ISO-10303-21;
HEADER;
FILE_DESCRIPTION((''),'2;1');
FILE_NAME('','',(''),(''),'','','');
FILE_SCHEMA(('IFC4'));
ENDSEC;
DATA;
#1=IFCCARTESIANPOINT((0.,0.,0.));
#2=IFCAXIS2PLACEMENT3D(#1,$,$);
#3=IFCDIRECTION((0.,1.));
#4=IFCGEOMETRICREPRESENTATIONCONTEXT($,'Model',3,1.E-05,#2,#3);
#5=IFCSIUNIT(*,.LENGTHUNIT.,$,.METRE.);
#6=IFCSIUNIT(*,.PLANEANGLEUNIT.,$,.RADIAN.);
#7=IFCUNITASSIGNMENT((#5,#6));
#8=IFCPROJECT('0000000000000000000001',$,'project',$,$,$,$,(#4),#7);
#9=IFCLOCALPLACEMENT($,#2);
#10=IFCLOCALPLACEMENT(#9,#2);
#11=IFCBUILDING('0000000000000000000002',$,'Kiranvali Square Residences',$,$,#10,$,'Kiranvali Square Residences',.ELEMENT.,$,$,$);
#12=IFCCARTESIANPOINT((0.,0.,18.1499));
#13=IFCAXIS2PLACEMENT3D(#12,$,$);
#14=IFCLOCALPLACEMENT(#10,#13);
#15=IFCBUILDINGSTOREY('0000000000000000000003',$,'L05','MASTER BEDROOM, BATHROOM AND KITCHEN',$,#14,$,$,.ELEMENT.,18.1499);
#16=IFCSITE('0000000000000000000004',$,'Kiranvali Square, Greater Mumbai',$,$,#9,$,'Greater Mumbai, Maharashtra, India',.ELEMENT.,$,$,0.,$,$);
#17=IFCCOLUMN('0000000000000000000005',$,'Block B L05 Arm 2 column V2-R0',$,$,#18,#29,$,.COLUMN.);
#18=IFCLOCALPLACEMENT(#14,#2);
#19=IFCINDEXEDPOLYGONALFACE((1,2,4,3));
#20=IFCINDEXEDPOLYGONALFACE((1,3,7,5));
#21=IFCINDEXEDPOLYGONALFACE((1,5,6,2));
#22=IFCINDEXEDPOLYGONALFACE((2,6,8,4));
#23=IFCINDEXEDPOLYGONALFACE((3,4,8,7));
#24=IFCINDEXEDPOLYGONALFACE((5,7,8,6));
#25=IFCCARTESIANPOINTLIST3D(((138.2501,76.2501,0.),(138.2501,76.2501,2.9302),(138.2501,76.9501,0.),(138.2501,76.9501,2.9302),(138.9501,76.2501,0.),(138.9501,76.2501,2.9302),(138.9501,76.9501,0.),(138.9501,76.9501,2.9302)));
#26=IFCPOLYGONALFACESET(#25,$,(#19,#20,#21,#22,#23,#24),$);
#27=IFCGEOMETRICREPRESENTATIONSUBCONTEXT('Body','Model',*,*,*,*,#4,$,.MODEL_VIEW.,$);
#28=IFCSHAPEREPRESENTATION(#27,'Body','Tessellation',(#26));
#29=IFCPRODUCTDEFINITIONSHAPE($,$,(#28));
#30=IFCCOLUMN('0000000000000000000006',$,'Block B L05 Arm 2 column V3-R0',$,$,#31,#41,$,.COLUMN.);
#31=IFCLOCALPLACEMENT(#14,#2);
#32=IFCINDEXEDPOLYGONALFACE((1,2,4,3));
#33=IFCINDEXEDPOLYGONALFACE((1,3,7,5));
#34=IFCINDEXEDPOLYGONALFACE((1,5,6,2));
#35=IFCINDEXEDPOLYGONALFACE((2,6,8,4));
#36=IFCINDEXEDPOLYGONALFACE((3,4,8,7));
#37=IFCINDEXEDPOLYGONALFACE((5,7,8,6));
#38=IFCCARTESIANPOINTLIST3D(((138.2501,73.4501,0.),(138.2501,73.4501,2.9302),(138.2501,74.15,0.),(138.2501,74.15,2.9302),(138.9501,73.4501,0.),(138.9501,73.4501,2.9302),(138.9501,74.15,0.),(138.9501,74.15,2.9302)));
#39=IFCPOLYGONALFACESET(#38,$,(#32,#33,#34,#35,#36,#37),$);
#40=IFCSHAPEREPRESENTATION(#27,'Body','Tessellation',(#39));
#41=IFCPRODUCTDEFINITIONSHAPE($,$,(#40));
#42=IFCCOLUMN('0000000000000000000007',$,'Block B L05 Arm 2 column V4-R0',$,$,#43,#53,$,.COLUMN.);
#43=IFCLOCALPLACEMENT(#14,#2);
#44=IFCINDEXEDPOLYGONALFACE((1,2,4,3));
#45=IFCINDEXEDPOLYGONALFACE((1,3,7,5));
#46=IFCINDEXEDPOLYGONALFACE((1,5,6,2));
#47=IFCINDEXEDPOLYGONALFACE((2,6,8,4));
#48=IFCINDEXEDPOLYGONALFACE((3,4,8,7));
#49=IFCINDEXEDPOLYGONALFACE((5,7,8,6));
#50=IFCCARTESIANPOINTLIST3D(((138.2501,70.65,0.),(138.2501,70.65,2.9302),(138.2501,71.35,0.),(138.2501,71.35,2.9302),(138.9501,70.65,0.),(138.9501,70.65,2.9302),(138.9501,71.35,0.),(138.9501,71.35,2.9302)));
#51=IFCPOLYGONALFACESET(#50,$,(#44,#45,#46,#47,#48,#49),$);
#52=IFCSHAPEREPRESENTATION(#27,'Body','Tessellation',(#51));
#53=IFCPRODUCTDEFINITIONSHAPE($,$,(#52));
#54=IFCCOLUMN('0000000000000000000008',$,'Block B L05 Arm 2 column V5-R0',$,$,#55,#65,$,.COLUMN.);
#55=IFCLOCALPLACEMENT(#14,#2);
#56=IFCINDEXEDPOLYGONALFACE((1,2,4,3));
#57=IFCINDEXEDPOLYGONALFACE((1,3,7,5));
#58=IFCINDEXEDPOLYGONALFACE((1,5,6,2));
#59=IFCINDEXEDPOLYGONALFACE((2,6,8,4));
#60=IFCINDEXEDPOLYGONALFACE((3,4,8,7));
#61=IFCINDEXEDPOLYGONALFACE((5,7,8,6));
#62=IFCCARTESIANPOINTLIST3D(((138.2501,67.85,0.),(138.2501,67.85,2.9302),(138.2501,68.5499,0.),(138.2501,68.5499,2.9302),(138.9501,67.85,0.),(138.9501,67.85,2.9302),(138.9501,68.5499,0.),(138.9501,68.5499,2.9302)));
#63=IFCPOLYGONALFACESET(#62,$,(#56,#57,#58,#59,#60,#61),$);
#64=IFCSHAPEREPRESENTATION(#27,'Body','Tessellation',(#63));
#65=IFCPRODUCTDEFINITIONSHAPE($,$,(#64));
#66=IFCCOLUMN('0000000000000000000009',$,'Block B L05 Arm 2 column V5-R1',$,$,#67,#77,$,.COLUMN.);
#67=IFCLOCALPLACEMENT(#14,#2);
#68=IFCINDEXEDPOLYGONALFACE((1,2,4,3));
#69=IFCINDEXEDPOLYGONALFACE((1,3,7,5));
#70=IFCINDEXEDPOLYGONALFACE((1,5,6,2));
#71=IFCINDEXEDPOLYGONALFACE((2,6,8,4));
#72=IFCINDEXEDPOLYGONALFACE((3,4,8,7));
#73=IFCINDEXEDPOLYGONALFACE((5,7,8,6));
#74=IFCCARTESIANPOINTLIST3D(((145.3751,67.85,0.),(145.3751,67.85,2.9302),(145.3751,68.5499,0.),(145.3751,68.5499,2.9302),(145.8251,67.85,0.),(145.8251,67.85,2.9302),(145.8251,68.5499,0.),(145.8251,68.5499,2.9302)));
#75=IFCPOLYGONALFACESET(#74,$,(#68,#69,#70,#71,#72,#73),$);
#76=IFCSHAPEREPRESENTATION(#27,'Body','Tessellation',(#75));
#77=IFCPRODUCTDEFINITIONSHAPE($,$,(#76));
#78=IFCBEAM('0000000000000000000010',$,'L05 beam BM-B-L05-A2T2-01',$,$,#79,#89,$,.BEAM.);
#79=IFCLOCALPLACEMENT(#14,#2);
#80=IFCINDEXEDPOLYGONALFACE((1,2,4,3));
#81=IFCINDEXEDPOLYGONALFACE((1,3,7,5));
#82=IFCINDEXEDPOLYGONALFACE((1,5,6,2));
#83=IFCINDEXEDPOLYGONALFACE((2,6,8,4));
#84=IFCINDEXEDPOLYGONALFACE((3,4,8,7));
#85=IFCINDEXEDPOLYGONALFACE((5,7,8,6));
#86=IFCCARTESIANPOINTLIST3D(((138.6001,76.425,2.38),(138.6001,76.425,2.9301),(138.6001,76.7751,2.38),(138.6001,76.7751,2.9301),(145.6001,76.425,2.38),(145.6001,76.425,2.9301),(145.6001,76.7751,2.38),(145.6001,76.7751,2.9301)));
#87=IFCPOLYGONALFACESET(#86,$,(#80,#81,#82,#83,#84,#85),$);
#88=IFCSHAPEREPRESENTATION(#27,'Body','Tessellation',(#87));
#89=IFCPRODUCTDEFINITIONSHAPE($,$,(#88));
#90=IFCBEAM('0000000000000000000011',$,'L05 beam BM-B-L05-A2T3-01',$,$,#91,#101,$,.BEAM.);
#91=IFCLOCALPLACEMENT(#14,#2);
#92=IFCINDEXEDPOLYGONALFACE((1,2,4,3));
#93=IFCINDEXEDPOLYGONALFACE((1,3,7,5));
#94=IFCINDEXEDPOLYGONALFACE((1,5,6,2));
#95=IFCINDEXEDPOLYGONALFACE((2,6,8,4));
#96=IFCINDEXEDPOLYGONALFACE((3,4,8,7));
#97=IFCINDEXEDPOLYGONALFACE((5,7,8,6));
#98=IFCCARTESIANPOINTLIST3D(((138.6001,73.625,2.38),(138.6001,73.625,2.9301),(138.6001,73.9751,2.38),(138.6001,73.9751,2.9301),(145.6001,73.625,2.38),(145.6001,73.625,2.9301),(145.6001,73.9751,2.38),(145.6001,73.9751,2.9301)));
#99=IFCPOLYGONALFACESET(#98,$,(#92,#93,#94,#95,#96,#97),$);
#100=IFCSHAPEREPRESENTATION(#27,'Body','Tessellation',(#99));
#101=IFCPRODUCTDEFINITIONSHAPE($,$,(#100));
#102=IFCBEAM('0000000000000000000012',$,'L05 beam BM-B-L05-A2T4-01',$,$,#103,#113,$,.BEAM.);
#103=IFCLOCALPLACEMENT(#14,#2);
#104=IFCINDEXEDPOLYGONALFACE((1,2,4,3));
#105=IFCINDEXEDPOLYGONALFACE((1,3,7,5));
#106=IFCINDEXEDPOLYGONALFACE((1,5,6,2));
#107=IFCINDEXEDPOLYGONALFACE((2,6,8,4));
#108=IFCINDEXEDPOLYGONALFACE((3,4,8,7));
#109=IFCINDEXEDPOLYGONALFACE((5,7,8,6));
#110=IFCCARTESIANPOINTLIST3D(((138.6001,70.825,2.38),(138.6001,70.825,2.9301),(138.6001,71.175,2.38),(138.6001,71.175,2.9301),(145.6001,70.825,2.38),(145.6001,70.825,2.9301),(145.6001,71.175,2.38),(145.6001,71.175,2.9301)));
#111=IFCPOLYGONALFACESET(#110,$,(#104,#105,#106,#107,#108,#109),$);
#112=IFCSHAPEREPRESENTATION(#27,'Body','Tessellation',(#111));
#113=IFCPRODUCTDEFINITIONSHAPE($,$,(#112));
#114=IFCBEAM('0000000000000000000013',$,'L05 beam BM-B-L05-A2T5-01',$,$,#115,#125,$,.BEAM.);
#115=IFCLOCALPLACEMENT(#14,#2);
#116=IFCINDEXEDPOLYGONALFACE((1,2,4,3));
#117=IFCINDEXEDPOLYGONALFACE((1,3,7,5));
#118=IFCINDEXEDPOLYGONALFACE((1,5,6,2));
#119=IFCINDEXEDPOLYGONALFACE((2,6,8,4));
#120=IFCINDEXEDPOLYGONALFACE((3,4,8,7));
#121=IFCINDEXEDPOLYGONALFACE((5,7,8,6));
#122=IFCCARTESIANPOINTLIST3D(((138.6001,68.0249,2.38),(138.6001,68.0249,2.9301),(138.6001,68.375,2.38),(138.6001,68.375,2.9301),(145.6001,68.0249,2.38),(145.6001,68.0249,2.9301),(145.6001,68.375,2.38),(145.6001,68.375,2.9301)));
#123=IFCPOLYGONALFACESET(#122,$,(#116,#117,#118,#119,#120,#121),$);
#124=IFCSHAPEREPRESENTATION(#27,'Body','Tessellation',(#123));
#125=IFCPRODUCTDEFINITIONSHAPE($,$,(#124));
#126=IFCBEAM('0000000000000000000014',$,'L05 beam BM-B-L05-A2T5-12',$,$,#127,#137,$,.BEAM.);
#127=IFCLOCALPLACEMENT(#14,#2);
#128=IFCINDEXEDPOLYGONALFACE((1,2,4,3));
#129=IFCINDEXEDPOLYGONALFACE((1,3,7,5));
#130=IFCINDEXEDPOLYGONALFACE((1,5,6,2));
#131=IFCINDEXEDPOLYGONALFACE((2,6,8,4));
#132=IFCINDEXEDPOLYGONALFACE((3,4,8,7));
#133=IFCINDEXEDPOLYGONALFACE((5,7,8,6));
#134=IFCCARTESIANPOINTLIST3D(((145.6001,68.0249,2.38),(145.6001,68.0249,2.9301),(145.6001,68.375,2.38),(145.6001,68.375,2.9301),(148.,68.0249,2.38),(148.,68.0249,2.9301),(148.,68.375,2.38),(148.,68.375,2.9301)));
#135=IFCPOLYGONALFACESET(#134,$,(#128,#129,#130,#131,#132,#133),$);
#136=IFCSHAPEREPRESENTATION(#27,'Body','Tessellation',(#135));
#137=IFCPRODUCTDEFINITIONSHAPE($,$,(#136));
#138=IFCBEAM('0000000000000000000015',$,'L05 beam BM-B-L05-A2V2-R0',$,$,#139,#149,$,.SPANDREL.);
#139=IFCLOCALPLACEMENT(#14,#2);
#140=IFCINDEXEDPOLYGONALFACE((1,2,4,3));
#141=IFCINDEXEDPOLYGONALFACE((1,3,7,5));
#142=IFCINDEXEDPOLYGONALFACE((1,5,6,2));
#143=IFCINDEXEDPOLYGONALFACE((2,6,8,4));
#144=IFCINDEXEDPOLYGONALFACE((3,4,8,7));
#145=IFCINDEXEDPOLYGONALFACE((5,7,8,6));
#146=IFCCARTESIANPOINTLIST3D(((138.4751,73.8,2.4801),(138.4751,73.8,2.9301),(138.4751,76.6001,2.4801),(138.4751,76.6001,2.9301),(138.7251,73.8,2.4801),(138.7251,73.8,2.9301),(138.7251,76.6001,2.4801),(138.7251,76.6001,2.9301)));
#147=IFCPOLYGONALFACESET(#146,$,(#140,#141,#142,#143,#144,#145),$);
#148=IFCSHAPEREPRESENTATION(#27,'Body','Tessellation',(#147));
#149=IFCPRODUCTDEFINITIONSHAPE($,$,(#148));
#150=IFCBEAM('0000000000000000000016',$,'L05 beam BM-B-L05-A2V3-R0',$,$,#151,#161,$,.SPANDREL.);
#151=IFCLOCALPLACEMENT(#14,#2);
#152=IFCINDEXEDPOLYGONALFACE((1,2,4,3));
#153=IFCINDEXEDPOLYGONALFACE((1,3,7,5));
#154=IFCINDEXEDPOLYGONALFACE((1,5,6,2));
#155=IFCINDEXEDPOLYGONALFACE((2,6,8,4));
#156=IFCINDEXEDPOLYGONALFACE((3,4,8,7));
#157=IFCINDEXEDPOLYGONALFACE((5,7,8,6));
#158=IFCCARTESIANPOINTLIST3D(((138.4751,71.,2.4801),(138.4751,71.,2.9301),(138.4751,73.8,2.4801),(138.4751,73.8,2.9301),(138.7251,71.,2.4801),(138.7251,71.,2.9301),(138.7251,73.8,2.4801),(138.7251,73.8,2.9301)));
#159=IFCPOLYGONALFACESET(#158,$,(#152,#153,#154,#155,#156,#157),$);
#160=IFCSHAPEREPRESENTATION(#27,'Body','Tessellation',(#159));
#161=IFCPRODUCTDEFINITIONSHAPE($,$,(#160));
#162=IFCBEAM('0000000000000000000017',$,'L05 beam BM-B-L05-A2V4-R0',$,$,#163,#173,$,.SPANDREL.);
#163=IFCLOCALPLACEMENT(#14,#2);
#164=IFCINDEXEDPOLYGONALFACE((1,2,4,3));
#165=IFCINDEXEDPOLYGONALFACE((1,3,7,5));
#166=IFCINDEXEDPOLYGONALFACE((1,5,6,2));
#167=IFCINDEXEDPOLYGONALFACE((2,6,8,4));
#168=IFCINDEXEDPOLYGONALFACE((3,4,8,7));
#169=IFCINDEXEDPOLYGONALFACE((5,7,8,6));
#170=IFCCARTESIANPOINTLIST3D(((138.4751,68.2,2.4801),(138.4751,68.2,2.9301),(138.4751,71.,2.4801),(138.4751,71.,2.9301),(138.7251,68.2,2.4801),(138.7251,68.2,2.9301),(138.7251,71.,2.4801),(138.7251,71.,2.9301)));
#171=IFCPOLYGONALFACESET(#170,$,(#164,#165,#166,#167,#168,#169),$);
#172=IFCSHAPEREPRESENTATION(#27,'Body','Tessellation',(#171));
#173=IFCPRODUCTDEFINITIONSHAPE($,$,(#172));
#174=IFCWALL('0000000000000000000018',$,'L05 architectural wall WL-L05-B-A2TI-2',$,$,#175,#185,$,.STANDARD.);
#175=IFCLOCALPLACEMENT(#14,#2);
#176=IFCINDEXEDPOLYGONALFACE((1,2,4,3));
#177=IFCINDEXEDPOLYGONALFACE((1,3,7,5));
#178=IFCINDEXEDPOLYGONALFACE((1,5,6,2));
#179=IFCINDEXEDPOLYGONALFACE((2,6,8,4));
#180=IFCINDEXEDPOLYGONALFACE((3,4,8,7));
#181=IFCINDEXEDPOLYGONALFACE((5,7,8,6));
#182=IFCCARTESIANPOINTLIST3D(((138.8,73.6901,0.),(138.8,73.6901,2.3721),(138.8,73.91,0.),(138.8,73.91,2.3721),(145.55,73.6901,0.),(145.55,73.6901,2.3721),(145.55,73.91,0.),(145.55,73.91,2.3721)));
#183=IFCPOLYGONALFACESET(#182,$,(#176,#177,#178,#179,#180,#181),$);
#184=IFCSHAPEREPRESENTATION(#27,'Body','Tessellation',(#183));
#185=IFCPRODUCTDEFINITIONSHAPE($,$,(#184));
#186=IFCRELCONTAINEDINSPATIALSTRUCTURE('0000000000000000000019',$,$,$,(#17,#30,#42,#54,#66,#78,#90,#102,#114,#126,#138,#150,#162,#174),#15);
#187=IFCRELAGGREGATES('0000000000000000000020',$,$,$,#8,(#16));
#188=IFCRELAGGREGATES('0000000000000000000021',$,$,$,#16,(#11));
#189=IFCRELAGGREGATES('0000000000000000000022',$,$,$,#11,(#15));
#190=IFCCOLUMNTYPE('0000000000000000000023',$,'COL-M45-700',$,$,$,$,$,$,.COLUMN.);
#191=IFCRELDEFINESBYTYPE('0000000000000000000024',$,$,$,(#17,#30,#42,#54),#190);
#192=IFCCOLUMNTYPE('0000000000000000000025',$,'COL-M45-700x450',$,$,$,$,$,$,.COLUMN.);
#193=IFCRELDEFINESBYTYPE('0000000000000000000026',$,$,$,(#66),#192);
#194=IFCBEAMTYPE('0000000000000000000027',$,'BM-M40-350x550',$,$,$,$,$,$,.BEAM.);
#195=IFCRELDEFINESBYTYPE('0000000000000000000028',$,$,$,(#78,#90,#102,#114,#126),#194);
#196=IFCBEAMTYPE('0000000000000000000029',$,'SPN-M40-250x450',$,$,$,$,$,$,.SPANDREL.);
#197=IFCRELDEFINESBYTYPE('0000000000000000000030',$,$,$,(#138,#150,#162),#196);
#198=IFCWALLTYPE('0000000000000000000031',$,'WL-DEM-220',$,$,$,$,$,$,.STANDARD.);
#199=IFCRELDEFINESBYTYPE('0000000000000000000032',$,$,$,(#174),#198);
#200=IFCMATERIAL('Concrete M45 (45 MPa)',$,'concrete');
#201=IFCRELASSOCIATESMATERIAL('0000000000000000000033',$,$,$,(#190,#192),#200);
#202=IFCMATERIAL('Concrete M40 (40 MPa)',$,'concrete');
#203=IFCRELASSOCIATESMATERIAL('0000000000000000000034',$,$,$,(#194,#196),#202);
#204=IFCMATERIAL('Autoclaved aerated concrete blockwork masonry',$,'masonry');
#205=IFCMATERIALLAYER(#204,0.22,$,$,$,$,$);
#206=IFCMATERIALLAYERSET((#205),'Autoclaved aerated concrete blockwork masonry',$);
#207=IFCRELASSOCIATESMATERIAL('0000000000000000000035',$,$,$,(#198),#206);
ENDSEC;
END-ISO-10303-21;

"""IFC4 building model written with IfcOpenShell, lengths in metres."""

from ifc_helpers import new_model, si_unit, direction, frame, frame_2d, origin, origin_2d, place, context, subcontext, project, spatial, rectangle, extrude, material, layer, layer_set, material_profile, profile_set, type_object, element, save


model = new_model("IFC4")

# Units and contexts
model_context = context("Model", 3, precision=1e-05, world=origin(), true_north=direction((0.0, 1.0)))
body_context = subcontext(model_context, "Body", "Model", "MODEL_VIEW")
ifc_project = project(units=[si_unit("LENGTHUNIT", "METRE"), si_unit("PLANEANGLEUNIT", "RADIAN")], contexts=[model_context])

# Site, building, storey
site_placement = place(None, origin())
site = spatial("IfcSite", under=ifc_project, at=site_placement, Name="Kiranvali Square, Greater Mumbai", LongName="Greater Mumbai, Maharashtra, India", CompositionType="ELEMENT", RefElevation=0.0)
building_placement = place(site_placement, origin())
building = spatial("IfcBuilding", under=site, at=building_placement, Name="Kiranvali Square Residences", LongName="Kiranvali Square Residences", CompositionType="ELEMENT")
storey_placement = place(building_placement, frame((0.0, 0.0, 18.1499)))
storey = spatial("IfcBuildingStorey", under=building, at=storey_placement, Name="L05", Description="MASTER BEDROOM, BATHROOM AND KITCHEN", CompositionType="ELEMENT", Elevation=18.1499)

# Columns
ifc_material_1 = material(Name="Concrete M45 (45 MPa)", Category="concrete")
ifc_material_profile_1 = material_profile(ifc_material_1, rectangle(XDim=0.7, YDim=0.7, at=origin_2d()), Name="RC 700x700")
ifc_profile_set_1 = profile_set([ifc_material_profile_1], Name="Concrete M45 (45 MPa)")
column_type_1 = type_object("IfcColumnType", Name="COL-M45-700", PredefinedType="COLUMN", material=ifc_profile_set_1)
for number, where, z_axis, x_axis, name in (
    (1, (138.6001, 76.6001, 0.0), (0.0, 0.0, 1.0), (1.0, 0.0, 0.0), "Block B L05 Arm 2 column V2-R0"),
    (2, (138.6001, 73.8, 0.0), (0.0, 0.0, 1.0), (1.0, 0.0, 0.0), "Block B L05 Arm 2 column V3-R0"),
    (3, (138.6001, 71.0, 0.0), (0.0, 0.0, 1.0), (1.0, 0.0, 0.0), "Block B L05 Arm 2 column V4-R0"),
    (4, (138.6001, 68.2, 0.0), (0.0, 0.0, 1.0), (1.0, 0.0, 0.0), "Block B L05 Arm 2 column V5-R0"),
):
    element("IfcColumn", number, at=place(storey_placement, frame(where, z_axis=z_axis, x_axis=x_axis)), inside=storey, type_object=column_type_1, Name=name, PredefinedType="COLUMN", context=body_context, shape_type="SweptSolid", body=[
        extrude(rectangle(XDim=0.7, YDim=0.7, at=origin_2d()), origin(), (0.0, 0.0, 1.0), 2.9302),
    ])
ifc_material_profile_2 = material_profile(ifc_material_1, rectangle(XDim=0.45, YDim=0.7, at=origin_2d()), Name="RC 700x450")
ifc_profile_set_2 = profile_set([ifc_material_profile_2], Name="Concrete M45 (45 MPa)")
column_type_2 = type_object("IfcColumnType", Name="COL-M45-700x450", PredefinedType="COLUMN", material=ifc_profile_set_2)
column_placement = place(storey_placement, frame((145.6001, 68.2, 0.0), z_axis=(0.0, 0.0, 1.0), x_axis=(1.0, 0.0, 0.0)))
element("IfcColumn", 5, at=column_placement, inside=storey, type_object=column_type_2, Name="Block B L05 Arm 2 column V5-R1", PredefinedType="COLUMN", context=body_context, shape_type="SweptSolid", body=[
    extrude(rectangle(XDim=0.45, YDim=0.7, at=origin_2d()), origin(), (0.0, 0.0, 1.0), 2.9302),
])

# Beams
ifc_material_2 = material(Name="Concrete M40 (40 MPa)", Category="concrete")
ifc_material_profile_3 = material_profile(ifc_material_2, rectangle(XDim=0.3501, YDim=0.55, at=origin_2d()), Name="RC 350x550")
ifc_profile_set_3 = profile_set([ifc_material_profile_3], Name="Concrete M40 (40 MPa)")
beam_type_1 = type_object("IfcBeamType", Name="BM-M40-350x550", PredefinedType="BEAM", material=ifc_profile_set_3)
for number, where, z_axis, x_axis, name in (
    (6, (138.6001, 76.6001, 2.655), (1.0, 0.0, 0.0), (0.0, 1.0, 0.0), "L05 beam BM-B-L05-A2T2-01"),
    (7, (138.6001, 73.8, 2.655), (1.0, 0.0, 0.0), (0.0, 1.0, 0.0), "L05 beam BM-B-L05-A2T3-01"),
    (8, (138.6001, 71.0, 2.655), (1.0, 0.0, 0.0), (0.0, 1.0, 0.0), "L05 beam BM-B-L05-A2T4-01"),
    (9, (138.6001, 68.2, 2.655), (1.0, 0.0, 0.0), (0.0, 1.0, 0.0), "L05 beam BM-B-L05-A2T5-01"),
):
    element("IfcBeam", number, at=place(storey_placement, frame(where, z_axis=z_axis, x_axis=x_axis)), inside=storey, type_object=beam_type_1, Name=name, PredefinedType="BEAM", context=body_context, shape_type="SweptSolid", body=[
        extrude(rectangle(XDim=0.3501, YDim=0.55, at=origin_2d()), origin(), (0.0, 0.0, 1.0), 7.0),
    ])
beam_placement = place(storey_placement, frame((145.6001, 68.2, 2.655), z_axis=(1.0, 0.0, 0.0), x_axis=(0.0, 1.0, 0.0)))
element("IfcBeam", 10, at=beam_placement, inside=storey, type_object=beam_type_1, Name="L05 beam BM-B-L05-A2T5-12", PredefinedType="BEAM", context=body_context, shape_type="SweptSolid", body=[
    extrude(rectangle(XDim=0.3501, YDim=0.55, at=origin_2d()), origin(), (0.0, 0.0, 1.0), 2.3999),
])
ifc_material_profile_4 = material_profile(ifc_material_2, rectangle(XDim=0.25, YDim=0.45, at=origin_2d()), Name="RC 250x450")
ifc_profile_set_4 = profile_set([ifc_material_profile_4], Name="Concrete M40 (40 MPa)")
beam_type_2 = type_object("IfcBeamType", Name="SPN-M40-250x450", PredefinedType="SPANDREL", material=ifc_profile_set_4)
for number, where, z_axis, x_axis, name in (
    (11, (138.6001, 76.6001, 2.7051), (0.0, -1.0, 0.0), (1.0, 0.0, 0.0), "L05 beam BM-B-L05-A2V2-R0"),
    (12, (138.6001, 73.8, 2.7051), (0.0, -1.0, 0.0), (1.0, 0.0, 0.0), "L05 beam BM-B-L05-A2V3-R0"),
    (13, (138.6001, 71.0, 2.7051), (0.0, -1.0, 0.0), (1.0, 0.0, 0.0), "L05 beam BM-B-L05-A2V4-R0"),
):
    element("IfcBeam", number, at=place(storey_placement, frame(where, z_axis=z_axis, x_axis=x_axis)), inside=storey, type_object=beam_type_2, Name=name, PredefinedType="SPANDREL", context=body_context, shape_type="SweptSolid", body=[
        extrude(rectangle(XDim=0.25, YDim=0.45, at=origin_2d()), origin(), (0.0, 0.0, 1.0), 2.8),
    ])

# Wall
ifc_material_3 = material(Name="Autoclaved aerated concrete blockwork masonry", Category="masonry")
ifc_layer_1 = layer(ifc_material_3, 0.22)
ifc_layer_set_1 = layer_set([ifc_layer_1], Name="Autoclaved aerated concrete blockwork masonry")
wall_type_1 = type_object("IfcWallType", Name="WL-DEM-220", PredefinedType="STANDARD", material=ifc_layer_set_1)
wall_1_placement = place(storey_placement, frame((138.8, 73.8, 0.0), z_axis=(0.0, 0.0, 1.0), x_axis=(1.0, 0.0, 0.0)))
element("IfcWall", 14, at=wall_1_placement, inside=storey, type_object=wall_type_1, Name="L05 architectural wall WL-L05-B-A2TI-2", PredefinedType="STANDARD", context=body_context, shape_type="SweptSolid", body=[
    extrude(rectangle(XDim=6.75, YDim=0.22, at=frame_2d((3.375, 0.0))), origin(), (0.0, 0.0, 1.0), 2.3721),
])

save(model, "model.ifc")
